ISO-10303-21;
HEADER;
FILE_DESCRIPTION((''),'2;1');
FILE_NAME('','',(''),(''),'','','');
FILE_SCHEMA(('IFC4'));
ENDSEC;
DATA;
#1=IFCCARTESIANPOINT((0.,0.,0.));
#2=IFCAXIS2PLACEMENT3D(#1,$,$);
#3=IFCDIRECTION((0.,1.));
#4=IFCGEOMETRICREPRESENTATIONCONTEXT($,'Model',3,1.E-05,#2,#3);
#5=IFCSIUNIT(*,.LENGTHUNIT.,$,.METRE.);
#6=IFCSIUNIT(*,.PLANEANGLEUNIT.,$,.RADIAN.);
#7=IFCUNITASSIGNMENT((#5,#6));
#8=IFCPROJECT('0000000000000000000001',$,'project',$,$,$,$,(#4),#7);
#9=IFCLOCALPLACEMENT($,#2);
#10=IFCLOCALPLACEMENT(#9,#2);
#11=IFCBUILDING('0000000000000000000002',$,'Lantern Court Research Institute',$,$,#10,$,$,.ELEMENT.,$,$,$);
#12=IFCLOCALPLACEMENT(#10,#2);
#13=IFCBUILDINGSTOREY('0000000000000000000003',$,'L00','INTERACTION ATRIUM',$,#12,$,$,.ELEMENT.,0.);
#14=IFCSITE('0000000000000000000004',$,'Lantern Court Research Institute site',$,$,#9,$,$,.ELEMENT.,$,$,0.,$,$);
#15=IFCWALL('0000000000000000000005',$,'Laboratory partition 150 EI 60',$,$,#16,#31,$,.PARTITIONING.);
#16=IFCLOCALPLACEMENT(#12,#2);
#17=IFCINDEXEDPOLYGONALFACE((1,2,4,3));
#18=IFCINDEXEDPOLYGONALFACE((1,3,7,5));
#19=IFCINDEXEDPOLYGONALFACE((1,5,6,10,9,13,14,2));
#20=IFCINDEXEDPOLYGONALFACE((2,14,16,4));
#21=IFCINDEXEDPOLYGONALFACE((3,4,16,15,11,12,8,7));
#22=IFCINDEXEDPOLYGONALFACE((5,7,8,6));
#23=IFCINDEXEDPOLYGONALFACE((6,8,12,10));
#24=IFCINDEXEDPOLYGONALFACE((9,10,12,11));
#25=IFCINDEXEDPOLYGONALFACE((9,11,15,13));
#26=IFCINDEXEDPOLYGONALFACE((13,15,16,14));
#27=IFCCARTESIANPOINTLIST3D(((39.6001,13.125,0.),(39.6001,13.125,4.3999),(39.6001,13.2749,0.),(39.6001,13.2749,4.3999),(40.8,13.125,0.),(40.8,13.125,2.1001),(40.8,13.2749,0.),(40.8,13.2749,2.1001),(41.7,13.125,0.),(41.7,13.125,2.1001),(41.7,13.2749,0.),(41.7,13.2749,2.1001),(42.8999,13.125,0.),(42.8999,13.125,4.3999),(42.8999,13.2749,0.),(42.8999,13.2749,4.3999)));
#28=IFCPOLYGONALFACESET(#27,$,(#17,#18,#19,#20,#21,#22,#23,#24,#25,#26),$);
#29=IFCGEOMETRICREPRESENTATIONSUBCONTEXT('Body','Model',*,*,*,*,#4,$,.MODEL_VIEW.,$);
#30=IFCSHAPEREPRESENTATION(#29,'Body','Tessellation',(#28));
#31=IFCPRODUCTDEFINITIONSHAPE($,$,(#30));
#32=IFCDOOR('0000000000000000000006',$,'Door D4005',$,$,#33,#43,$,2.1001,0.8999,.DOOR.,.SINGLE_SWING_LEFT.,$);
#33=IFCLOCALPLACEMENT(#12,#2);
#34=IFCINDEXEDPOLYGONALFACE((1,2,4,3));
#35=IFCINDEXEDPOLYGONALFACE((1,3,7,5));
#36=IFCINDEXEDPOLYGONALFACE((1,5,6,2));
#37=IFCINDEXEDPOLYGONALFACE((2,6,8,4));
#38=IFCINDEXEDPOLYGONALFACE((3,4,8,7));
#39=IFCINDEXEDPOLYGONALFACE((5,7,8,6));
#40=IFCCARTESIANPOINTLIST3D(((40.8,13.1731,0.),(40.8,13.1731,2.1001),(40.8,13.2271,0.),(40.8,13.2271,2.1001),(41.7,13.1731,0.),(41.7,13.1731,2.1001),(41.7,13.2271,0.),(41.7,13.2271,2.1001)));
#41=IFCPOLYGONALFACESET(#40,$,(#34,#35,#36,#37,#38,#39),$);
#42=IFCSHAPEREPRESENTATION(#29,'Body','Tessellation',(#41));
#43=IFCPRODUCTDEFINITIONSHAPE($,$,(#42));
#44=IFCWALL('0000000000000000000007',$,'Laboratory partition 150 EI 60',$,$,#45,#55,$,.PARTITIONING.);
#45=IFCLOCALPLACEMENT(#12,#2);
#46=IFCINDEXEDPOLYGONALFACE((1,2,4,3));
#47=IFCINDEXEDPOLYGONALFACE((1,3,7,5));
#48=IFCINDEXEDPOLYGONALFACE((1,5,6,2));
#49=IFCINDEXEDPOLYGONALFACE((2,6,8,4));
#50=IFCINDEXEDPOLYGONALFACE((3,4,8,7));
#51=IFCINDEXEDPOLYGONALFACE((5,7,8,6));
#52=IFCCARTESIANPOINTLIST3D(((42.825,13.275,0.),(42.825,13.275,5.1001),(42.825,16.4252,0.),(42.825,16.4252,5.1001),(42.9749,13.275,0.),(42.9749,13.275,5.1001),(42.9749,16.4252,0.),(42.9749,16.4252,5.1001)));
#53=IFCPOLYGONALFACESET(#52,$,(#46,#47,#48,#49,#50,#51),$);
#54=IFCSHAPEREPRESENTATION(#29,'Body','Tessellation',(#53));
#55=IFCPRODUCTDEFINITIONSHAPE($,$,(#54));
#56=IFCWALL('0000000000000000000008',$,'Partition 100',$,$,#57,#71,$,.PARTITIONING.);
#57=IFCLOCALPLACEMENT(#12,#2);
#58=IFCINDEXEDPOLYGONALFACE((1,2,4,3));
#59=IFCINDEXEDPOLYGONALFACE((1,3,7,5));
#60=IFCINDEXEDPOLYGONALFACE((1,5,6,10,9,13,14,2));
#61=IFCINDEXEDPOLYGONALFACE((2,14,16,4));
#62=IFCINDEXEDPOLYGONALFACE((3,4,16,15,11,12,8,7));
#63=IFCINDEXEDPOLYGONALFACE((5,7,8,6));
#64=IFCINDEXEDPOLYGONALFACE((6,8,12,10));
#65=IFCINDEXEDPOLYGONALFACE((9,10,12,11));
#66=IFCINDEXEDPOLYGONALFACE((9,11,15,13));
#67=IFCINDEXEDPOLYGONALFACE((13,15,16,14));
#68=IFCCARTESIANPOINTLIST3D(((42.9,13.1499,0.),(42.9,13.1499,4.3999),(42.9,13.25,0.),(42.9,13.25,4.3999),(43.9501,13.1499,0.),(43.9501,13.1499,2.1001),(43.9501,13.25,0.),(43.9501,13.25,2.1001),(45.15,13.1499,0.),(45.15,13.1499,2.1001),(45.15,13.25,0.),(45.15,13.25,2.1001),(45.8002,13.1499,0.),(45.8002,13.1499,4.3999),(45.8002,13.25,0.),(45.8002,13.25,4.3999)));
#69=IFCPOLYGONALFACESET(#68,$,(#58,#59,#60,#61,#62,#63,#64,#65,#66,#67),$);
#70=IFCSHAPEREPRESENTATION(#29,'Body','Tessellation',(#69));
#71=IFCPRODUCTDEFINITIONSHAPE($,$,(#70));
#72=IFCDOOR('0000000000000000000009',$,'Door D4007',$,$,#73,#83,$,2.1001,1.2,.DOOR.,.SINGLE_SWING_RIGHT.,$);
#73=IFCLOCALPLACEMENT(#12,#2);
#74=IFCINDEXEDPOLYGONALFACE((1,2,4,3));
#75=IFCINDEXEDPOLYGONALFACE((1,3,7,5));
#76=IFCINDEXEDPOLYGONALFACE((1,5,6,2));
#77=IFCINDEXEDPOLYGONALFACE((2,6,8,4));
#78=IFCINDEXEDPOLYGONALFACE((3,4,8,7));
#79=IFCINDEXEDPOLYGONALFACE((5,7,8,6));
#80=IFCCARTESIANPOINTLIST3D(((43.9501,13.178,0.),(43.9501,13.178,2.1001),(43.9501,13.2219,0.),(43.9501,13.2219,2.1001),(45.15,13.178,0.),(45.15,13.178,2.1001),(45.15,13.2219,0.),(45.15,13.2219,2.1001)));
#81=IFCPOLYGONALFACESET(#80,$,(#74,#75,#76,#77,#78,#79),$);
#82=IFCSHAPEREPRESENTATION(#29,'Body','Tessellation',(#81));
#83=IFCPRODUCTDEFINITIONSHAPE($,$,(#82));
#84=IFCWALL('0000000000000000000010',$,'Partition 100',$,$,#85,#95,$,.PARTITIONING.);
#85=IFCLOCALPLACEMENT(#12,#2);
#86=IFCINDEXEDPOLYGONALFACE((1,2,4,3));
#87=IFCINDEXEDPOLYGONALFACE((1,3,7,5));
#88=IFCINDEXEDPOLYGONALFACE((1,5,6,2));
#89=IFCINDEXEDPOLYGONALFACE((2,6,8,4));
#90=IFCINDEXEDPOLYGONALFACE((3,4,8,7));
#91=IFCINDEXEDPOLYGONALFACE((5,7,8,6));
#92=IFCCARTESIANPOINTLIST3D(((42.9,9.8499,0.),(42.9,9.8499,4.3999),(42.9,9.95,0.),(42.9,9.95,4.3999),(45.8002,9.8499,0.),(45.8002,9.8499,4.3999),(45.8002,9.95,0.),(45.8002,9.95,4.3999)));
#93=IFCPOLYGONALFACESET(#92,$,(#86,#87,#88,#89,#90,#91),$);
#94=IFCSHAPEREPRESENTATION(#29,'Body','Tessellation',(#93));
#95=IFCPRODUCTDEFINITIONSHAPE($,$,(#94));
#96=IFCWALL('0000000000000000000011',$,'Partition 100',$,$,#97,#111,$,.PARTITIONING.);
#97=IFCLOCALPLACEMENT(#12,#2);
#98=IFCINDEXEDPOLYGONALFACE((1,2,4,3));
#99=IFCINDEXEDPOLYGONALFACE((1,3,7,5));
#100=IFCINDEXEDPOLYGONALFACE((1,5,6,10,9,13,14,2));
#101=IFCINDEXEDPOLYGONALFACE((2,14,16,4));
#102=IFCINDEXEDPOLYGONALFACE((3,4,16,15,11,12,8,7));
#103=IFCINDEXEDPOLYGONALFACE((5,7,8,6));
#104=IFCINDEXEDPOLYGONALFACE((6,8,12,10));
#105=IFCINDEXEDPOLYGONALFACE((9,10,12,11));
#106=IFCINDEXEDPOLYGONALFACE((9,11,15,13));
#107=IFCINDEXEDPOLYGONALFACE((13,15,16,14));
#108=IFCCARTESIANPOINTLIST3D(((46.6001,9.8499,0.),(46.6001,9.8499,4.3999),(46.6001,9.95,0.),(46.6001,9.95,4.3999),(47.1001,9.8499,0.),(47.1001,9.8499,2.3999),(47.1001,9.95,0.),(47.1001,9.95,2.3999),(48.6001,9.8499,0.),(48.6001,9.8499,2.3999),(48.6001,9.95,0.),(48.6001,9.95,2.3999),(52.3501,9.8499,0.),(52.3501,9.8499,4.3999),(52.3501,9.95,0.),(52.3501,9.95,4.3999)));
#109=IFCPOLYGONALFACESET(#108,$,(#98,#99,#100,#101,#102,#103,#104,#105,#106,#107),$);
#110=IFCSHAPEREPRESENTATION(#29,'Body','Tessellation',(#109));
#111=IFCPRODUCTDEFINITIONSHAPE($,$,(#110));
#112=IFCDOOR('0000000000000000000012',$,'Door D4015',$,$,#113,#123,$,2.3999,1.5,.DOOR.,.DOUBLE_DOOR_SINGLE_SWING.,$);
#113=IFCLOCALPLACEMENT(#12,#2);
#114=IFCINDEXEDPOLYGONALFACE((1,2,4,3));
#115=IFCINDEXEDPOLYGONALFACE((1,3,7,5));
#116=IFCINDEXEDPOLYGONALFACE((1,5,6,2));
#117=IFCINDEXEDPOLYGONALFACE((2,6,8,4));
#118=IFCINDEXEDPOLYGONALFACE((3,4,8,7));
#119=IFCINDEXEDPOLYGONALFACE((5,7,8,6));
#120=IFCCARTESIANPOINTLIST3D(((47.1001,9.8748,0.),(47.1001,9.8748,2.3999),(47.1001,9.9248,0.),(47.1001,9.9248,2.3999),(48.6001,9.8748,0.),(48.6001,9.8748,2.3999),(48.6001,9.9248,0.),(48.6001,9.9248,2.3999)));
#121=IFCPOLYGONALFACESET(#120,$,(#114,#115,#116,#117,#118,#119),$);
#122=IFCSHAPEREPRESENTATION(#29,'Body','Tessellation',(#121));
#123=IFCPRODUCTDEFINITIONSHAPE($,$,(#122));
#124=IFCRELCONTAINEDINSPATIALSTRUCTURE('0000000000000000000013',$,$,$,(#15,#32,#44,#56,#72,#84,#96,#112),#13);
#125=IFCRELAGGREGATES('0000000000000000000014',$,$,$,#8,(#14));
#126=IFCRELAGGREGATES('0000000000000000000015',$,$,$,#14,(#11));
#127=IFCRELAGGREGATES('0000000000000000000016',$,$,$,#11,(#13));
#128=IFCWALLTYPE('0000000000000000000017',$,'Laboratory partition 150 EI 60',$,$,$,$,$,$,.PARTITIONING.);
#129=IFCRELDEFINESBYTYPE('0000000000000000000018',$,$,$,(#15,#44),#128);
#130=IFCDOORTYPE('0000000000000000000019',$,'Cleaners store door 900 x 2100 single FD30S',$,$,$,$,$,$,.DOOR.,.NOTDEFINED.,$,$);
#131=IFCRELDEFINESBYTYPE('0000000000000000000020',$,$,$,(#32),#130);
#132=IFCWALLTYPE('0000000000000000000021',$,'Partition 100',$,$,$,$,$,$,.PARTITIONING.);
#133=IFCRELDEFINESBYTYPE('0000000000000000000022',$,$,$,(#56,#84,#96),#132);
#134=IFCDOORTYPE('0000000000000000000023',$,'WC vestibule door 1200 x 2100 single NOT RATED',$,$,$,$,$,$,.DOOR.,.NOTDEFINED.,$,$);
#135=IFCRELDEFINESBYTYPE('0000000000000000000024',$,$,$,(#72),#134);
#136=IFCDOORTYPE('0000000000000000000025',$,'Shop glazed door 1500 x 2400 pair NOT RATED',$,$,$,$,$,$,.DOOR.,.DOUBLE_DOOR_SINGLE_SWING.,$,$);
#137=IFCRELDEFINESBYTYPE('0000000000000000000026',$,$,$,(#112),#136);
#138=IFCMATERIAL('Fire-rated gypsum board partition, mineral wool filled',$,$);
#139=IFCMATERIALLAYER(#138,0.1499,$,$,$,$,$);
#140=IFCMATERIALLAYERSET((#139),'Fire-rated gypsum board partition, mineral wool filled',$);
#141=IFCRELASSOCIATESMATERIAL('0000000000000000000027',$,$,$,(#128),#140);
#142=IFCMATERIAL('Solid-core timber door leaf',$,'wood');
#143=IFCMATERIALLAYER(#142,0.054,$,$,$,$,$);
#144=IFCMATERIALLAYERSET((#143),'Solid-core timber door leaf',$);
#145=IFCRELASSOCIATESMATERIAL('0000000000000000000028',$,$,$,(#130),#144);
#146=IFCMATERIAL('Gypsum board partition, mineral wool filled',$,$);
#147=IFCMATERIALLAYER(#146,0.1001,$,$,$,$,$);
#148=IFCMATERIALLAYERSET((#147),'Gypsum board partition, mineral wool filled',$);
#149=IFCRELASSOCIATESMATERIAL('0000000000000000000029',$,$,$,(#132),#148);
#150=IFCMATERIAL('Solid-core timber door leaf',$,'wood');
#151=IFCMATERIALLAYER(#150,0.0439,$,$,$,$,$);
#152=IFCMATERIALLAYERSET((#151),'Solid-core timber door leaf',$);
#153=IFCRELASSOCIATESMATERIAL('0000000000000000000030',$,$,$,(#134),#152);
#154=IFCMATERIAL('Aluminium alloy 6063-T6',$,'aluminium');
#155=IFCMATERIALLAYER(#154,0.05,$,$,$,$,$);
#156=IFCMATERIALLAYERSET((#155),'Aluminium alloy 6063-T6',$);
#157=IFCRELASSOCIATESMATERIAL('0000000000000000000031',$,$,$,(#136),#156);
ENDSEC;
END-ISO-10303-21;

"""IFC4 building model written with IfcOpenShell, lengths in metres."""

from ifc_helpers import new_model, si_unit, direction, frame, frame_2d, origin, place, context, subcontext, project, spatial, rectangle, extrude, material, layer, layer_set, type_object, element, fill, save


model = new_model("IFC4")

# Units and contexts
model_context = context("Model", 3, precision=1e-05, world=origin(), true_north=direction((0.0, 1.0)))
body_context = subcontext(model_context, "Body", "Model", "MODEL_VIEW")
ifc_project = project(units=[si_unit("LENGTHUNIT", "METRE"), si_unit("PLANEANGLEUNIT", "RADIAN")], contexts=[model_context])

# Site, building, storey
site_placement = place(None, origin())
site = spatial("IfcSite", under=ifc_project, at=site_placement, Name="Lantern Court Research Institute site", CompositionType="ELEMENT", RefElevation=0.0)
building_placement = place(site_placement, origin())
building = spatial("IfcBuilding", under=site, at=building_placement, Name="Lantern Court Research Institute", CompositionType="ELEMENT")
storey_placement = place(building_placement, origin())
storey = spatial("IfcBuildingStorey", under=building, at=storey_placement, Name="L00", Description="INTERACTION ATRIUM", CompositionType="ELEMENT", Elevation=0.0)

# Wall, opening, door
ifc_material_1 = material(Name="Fire-rated gypsum board partition, mineral wool filled")
ifc_layer_1 = layer(ifc_material_1, 0.1499)
ifc_layer_set_1 = layer_set([ifc_layer_1], Name="Fire-rated gypsum board partition, mineral wool filled")
wall_type_1 = type_object("IfcWallType", Name="Laboratory partition 150 EI 60", PredefinedType="PARTITIONING", material=ifc_layer_set_1)
wall_1_placement = place(storey_placement, frame((42.8999, 13.2, 0.0), z_axis=(0.0, 0.0, 1.0), x_axis=(-1.0, 0.0, 0.0)))
wall_1 = element("IfcWall", 1, at=wall_1_placement, inside=storey, type_object=wall_type_1, Name="Laboratory partition 150 EI 60", PredefinedType="PARTITIONING", context=body_context, shape_type="SweptSolid", body=[
    extrude(rectangle(XDim=3.2998, YDim=0.1499, at=frame_2d((1.6499, 0.0))), origin(), (0.0, 0.0, 1.0), 4.3999),
])
opening_1_placement = place(wall_1_placement, frame((1.2, 0.0, 0.0)))
opening_1 = element("IfcOpeningElement", 2, at=opening_1_placement, cuts=wall_1, PredefinedType="OPENING", context=body_context, shape_type="SweptSolid", body=[
    extrude(rectangle(XDim=0.8999, YDim=2.1001, at=frame_2d((0.45, 1.05))), frame((0.0, 0.085, 0.0), z_axis=(0.0, -1.0, 0.0), x_axis=(1.0, 0.0, 0.0)), (0.0, 0.0, 1.0), 0.1699),
])
ifc_material_2 = material(Name="Solid-core timber door leaf", Category="wood")
ifc_layer_2 = layer(ifc_material_2, 0.054)
ifc_layer_set_2 = layer_set([ifc_layer_2], Name="Solid-core timber door leaf")
door_type_1 = type_object("IfcDoorType", Name="Cleaners store door 900 x 2100 single FD30S", OperationType="NOTDEFINED", PredefinedType="DOOR", material=ifc_layer_set_2)
door_1_placement = place(opening_1_placement, origin())
door_1 = element("IfcDoor", 3, at=door_1_placement, inside=storey, type_object=door_type_1, Name="Door D4005", OperationType="SINGLE_SWING_LEFT", OverallHeight=2.1001, OverallWidth=0.8999, PredefinedType="DOOR", context=body_context, shape_type="SweptSolid", body=[
    extrude(rectangle(XDim=0.8999, YDim=2.1001, at=frame_2d((0.45, 1.05))), frame((0.0, 0.0269, 0.0), z_axis=(0.0, -1.0, 0.0), x_axis=(1.0, 0.0, 0.0)), (0.0, 0.0, 1.0), 0.054),
])
fill(opening_1, door_1)

# Wall
wall_2_placement = place(storey_placement, frame((42.8999, 13.2749, 0.0), z_axis=(0.0, 0.0, 1.0), x_axis=(0.0, 1.0, 0.0)))
element("IfcWall", 4, at=wall_2_placement, inside=storey, type_object=wall_type_1, Name="Laboratory partition 150 EI 60", PredefinedType="PARTITIONING", context=body_context, shape_type="SweptSolid", body=[
    extrude(rectangle(XDim=3.1501, YDim=0.1499, at=frame_2d((1.5752, 0.0))), origin(), (0.0, 0.0, 1.0), 5.1001),
])

# Wall, opening, door
ifc_material_3 = material(Name="Gypsum board partition, mineral wool filled")
ifc_layer_3 = layer(ifc_material_3, 0.1001)
ifc_layer_set_3 = layer_set([ifc_layer_3], Name="Gypsum board partition, mineral wool filled")
wall_type_2 = type_object("IfcWallType", Name="Partition 100", PredefinedType="PARTITIONING", material=ifc_layer_set_3)
wall_3_placement = place(storey_placement, frame((42.8999, 13.2, 0.0), z_axis=(0.0, 0.0, 1.0), x_axis=(1.0, 0.0, 0.0)))
wall_3 = element("IfcWall", 5, at=wall_3_placement, inside=storey, type_object=wall_type_2, Name="Partition 100", PredefinedType="PARTITIONING", context=body_context, shape_type="SweptSolid", body=[
    extrude(rectangle(XDim=2.9001, YDim=0.1001, at=frame_2d((1.4502, 0.0))), origin(), (0.0, 0.0, 1.0), 4.3999),
])
opening_2_placement = place(wall_3_placement, frame((1.05, 0.0, 0.0)))
opening_2 = element("IfcOpeningElement", 6, at=opening_2_placement, cuts=wall_3, PredefinedType="OPENING", context=body_context, shape_type="SweptSolid", body=[
    extrude(rectangle(XDim=1.2, YDim=2.1001, at=frame_2d((0.6001, 1.05))), frame((0.0, 0.0601, 0.0), z_axis=(0.0, -1.0, 0.0), x_axis=(1.0, 0.0, 0.0)), (0.0, 0.0, 1.0), 0.1201),
])
ifc_material_4 = material(Name="Solid-core timber door leaf", Category="wood")
ifc_layer_4 = layer(ifc_material_4, 0.0439)
ifc_layer_set_4 = layer_set([ifc_layer_4], Name="Solid-core timber door leaf")
door_type_2 = type_object("IfcDoorType", Name="WC vestibule door 1200 x 2100 single NOT RATED", OperationType="NOTDEFINED", PredefinedType="DOOR", material=ifc_layer_set_4)
door_2_placement = place(opening_2_placement, origin())
door_2 = element("IfcDoor", 7, at=door_2_placement, inside=storey, type_object=door_type_2, Name="Door D4007", OperationType="SINGLE_SWING_RIGHT", OverallHeight=2.1001, OverallWidth=1.2, PredefinedType="DOOR", context=body_context, shape_type="SweptSolid", body=[
    extrude(rectangle(XDim=1.2, YDim=2.1001, at=frame_2d((0.6001, 1.05))), frame((0.0, 0.022, 0.0), z_axis=(0.0, -1.0, 0.0), x_axis=(1.0, 0.0, 0.0)), (0.0, 0.0, 1.0), 0.0439),
])
fill(opening_2, door_2)

# Wall
wall_4_placement = place(storey_placement, frame((42.8999, 9.8999, 0.0), z_axis=(0.0, 0.0, 1.0), x_axis=(1.0, 0.0, 0.0)))
element("IfcWall", 8, at=wall_4_placement, inside=storey, type_object=wall_type_2, Name="Partition 100", PredefinedType="PARTITIONING", context=body_context, shape_type="SweptSolid", body=[
    extrude(rectangle(XDim=2.9001, YDim=0.1001, at=frame_2d((1.4502, 0.0))), origin(), (0.0, 0.0, 1.0), 4.3999),
])

# Wall, opening, door
wall_5_placement = place(storey_placement, frame((46.6001, 9.8999, 0.0), z_axis=(0.0, 0.0, 1.0), x_axis=(1.0, 0.0, 0.0)))
wall_5 = element("IfcWall", 9, at=wall_5_placement, inside=storey, type_object=wall_type_2, Name="Partition 100", PredefinedType="PARTITIONING", context=body_context, shape_type="SweptSolid", body=[
    extrude(rectangle(XDim=5.75, YDim=0.1001, at=frame_2d((2.875, 0.0))), origin(), (0.0, 0.0, 1.0), 4.3999),
])
opening_3_placement = place(wall_5_placement, frame((0.5, 0.0, 0.0)))
opening_3 = element("IfcOpeningElement", 10, at=opening_3_placement, cuts=wall_5, PredefinedType="OPENING", context=body_context, shape_type="SweptSolid", body=[
    extrude(rectangle(XDim=1.5, YDim=2.3999, at=frame_2d((0.75, 1.2))), frame((0.0, 0.0601, 0.0), z_axis=(0.0, -1.0, 0.0), x_axis=(1.0, 0.0, 0.0)), (0.0, 0.0, 1.0), 0.1201),
])
ifc_material_5 = material(Name="Aluminium alloy 6063-T6", Category="aluminium")
ifc_layer_5 = layer(ifc_material_5, 0.05)
ifc_layer_set_5 = layer_set([ifc_layer_5], Name="Aluminium alloy 6063-T6")
door_type_3 = type_object("IfcDoorType", Name="Shop glazed door 1500 x 2400 pair NOT RATED", OperationType="DOUBLE_DOOR_SINGLE_SWING", PredefinedType="DOOR", material=ifc_layer_set_5)
door_3_placement = place(opening_3_placement, origin())
door_3 = element("IfcDoor", 11, at=door_3_placement, inside=storey, type_object=door_type_3, Name="Door D4015", OperationType="DOUBLE_DOOR_SINGLE_SWING", OverallHeight=2.3999, OverallWidth=1.5, PredefinedType="DOOR", context=body_context, shape_type="SweptSolid", body=[
    extrude(rectangle(XDim=1.5, YDim=2.3999, at=frame_2d((0.75, 1.2))), frame((0.0, 0.0249, 0.0), z_axis=(0.0, -1.0, 0.0), x_axis=(1.0, 0.0, 0.0)), (0.0, 0.0, 1.0), 0.05),
])
fill(opening_3, door_3)

save(model, "model.ifc")
